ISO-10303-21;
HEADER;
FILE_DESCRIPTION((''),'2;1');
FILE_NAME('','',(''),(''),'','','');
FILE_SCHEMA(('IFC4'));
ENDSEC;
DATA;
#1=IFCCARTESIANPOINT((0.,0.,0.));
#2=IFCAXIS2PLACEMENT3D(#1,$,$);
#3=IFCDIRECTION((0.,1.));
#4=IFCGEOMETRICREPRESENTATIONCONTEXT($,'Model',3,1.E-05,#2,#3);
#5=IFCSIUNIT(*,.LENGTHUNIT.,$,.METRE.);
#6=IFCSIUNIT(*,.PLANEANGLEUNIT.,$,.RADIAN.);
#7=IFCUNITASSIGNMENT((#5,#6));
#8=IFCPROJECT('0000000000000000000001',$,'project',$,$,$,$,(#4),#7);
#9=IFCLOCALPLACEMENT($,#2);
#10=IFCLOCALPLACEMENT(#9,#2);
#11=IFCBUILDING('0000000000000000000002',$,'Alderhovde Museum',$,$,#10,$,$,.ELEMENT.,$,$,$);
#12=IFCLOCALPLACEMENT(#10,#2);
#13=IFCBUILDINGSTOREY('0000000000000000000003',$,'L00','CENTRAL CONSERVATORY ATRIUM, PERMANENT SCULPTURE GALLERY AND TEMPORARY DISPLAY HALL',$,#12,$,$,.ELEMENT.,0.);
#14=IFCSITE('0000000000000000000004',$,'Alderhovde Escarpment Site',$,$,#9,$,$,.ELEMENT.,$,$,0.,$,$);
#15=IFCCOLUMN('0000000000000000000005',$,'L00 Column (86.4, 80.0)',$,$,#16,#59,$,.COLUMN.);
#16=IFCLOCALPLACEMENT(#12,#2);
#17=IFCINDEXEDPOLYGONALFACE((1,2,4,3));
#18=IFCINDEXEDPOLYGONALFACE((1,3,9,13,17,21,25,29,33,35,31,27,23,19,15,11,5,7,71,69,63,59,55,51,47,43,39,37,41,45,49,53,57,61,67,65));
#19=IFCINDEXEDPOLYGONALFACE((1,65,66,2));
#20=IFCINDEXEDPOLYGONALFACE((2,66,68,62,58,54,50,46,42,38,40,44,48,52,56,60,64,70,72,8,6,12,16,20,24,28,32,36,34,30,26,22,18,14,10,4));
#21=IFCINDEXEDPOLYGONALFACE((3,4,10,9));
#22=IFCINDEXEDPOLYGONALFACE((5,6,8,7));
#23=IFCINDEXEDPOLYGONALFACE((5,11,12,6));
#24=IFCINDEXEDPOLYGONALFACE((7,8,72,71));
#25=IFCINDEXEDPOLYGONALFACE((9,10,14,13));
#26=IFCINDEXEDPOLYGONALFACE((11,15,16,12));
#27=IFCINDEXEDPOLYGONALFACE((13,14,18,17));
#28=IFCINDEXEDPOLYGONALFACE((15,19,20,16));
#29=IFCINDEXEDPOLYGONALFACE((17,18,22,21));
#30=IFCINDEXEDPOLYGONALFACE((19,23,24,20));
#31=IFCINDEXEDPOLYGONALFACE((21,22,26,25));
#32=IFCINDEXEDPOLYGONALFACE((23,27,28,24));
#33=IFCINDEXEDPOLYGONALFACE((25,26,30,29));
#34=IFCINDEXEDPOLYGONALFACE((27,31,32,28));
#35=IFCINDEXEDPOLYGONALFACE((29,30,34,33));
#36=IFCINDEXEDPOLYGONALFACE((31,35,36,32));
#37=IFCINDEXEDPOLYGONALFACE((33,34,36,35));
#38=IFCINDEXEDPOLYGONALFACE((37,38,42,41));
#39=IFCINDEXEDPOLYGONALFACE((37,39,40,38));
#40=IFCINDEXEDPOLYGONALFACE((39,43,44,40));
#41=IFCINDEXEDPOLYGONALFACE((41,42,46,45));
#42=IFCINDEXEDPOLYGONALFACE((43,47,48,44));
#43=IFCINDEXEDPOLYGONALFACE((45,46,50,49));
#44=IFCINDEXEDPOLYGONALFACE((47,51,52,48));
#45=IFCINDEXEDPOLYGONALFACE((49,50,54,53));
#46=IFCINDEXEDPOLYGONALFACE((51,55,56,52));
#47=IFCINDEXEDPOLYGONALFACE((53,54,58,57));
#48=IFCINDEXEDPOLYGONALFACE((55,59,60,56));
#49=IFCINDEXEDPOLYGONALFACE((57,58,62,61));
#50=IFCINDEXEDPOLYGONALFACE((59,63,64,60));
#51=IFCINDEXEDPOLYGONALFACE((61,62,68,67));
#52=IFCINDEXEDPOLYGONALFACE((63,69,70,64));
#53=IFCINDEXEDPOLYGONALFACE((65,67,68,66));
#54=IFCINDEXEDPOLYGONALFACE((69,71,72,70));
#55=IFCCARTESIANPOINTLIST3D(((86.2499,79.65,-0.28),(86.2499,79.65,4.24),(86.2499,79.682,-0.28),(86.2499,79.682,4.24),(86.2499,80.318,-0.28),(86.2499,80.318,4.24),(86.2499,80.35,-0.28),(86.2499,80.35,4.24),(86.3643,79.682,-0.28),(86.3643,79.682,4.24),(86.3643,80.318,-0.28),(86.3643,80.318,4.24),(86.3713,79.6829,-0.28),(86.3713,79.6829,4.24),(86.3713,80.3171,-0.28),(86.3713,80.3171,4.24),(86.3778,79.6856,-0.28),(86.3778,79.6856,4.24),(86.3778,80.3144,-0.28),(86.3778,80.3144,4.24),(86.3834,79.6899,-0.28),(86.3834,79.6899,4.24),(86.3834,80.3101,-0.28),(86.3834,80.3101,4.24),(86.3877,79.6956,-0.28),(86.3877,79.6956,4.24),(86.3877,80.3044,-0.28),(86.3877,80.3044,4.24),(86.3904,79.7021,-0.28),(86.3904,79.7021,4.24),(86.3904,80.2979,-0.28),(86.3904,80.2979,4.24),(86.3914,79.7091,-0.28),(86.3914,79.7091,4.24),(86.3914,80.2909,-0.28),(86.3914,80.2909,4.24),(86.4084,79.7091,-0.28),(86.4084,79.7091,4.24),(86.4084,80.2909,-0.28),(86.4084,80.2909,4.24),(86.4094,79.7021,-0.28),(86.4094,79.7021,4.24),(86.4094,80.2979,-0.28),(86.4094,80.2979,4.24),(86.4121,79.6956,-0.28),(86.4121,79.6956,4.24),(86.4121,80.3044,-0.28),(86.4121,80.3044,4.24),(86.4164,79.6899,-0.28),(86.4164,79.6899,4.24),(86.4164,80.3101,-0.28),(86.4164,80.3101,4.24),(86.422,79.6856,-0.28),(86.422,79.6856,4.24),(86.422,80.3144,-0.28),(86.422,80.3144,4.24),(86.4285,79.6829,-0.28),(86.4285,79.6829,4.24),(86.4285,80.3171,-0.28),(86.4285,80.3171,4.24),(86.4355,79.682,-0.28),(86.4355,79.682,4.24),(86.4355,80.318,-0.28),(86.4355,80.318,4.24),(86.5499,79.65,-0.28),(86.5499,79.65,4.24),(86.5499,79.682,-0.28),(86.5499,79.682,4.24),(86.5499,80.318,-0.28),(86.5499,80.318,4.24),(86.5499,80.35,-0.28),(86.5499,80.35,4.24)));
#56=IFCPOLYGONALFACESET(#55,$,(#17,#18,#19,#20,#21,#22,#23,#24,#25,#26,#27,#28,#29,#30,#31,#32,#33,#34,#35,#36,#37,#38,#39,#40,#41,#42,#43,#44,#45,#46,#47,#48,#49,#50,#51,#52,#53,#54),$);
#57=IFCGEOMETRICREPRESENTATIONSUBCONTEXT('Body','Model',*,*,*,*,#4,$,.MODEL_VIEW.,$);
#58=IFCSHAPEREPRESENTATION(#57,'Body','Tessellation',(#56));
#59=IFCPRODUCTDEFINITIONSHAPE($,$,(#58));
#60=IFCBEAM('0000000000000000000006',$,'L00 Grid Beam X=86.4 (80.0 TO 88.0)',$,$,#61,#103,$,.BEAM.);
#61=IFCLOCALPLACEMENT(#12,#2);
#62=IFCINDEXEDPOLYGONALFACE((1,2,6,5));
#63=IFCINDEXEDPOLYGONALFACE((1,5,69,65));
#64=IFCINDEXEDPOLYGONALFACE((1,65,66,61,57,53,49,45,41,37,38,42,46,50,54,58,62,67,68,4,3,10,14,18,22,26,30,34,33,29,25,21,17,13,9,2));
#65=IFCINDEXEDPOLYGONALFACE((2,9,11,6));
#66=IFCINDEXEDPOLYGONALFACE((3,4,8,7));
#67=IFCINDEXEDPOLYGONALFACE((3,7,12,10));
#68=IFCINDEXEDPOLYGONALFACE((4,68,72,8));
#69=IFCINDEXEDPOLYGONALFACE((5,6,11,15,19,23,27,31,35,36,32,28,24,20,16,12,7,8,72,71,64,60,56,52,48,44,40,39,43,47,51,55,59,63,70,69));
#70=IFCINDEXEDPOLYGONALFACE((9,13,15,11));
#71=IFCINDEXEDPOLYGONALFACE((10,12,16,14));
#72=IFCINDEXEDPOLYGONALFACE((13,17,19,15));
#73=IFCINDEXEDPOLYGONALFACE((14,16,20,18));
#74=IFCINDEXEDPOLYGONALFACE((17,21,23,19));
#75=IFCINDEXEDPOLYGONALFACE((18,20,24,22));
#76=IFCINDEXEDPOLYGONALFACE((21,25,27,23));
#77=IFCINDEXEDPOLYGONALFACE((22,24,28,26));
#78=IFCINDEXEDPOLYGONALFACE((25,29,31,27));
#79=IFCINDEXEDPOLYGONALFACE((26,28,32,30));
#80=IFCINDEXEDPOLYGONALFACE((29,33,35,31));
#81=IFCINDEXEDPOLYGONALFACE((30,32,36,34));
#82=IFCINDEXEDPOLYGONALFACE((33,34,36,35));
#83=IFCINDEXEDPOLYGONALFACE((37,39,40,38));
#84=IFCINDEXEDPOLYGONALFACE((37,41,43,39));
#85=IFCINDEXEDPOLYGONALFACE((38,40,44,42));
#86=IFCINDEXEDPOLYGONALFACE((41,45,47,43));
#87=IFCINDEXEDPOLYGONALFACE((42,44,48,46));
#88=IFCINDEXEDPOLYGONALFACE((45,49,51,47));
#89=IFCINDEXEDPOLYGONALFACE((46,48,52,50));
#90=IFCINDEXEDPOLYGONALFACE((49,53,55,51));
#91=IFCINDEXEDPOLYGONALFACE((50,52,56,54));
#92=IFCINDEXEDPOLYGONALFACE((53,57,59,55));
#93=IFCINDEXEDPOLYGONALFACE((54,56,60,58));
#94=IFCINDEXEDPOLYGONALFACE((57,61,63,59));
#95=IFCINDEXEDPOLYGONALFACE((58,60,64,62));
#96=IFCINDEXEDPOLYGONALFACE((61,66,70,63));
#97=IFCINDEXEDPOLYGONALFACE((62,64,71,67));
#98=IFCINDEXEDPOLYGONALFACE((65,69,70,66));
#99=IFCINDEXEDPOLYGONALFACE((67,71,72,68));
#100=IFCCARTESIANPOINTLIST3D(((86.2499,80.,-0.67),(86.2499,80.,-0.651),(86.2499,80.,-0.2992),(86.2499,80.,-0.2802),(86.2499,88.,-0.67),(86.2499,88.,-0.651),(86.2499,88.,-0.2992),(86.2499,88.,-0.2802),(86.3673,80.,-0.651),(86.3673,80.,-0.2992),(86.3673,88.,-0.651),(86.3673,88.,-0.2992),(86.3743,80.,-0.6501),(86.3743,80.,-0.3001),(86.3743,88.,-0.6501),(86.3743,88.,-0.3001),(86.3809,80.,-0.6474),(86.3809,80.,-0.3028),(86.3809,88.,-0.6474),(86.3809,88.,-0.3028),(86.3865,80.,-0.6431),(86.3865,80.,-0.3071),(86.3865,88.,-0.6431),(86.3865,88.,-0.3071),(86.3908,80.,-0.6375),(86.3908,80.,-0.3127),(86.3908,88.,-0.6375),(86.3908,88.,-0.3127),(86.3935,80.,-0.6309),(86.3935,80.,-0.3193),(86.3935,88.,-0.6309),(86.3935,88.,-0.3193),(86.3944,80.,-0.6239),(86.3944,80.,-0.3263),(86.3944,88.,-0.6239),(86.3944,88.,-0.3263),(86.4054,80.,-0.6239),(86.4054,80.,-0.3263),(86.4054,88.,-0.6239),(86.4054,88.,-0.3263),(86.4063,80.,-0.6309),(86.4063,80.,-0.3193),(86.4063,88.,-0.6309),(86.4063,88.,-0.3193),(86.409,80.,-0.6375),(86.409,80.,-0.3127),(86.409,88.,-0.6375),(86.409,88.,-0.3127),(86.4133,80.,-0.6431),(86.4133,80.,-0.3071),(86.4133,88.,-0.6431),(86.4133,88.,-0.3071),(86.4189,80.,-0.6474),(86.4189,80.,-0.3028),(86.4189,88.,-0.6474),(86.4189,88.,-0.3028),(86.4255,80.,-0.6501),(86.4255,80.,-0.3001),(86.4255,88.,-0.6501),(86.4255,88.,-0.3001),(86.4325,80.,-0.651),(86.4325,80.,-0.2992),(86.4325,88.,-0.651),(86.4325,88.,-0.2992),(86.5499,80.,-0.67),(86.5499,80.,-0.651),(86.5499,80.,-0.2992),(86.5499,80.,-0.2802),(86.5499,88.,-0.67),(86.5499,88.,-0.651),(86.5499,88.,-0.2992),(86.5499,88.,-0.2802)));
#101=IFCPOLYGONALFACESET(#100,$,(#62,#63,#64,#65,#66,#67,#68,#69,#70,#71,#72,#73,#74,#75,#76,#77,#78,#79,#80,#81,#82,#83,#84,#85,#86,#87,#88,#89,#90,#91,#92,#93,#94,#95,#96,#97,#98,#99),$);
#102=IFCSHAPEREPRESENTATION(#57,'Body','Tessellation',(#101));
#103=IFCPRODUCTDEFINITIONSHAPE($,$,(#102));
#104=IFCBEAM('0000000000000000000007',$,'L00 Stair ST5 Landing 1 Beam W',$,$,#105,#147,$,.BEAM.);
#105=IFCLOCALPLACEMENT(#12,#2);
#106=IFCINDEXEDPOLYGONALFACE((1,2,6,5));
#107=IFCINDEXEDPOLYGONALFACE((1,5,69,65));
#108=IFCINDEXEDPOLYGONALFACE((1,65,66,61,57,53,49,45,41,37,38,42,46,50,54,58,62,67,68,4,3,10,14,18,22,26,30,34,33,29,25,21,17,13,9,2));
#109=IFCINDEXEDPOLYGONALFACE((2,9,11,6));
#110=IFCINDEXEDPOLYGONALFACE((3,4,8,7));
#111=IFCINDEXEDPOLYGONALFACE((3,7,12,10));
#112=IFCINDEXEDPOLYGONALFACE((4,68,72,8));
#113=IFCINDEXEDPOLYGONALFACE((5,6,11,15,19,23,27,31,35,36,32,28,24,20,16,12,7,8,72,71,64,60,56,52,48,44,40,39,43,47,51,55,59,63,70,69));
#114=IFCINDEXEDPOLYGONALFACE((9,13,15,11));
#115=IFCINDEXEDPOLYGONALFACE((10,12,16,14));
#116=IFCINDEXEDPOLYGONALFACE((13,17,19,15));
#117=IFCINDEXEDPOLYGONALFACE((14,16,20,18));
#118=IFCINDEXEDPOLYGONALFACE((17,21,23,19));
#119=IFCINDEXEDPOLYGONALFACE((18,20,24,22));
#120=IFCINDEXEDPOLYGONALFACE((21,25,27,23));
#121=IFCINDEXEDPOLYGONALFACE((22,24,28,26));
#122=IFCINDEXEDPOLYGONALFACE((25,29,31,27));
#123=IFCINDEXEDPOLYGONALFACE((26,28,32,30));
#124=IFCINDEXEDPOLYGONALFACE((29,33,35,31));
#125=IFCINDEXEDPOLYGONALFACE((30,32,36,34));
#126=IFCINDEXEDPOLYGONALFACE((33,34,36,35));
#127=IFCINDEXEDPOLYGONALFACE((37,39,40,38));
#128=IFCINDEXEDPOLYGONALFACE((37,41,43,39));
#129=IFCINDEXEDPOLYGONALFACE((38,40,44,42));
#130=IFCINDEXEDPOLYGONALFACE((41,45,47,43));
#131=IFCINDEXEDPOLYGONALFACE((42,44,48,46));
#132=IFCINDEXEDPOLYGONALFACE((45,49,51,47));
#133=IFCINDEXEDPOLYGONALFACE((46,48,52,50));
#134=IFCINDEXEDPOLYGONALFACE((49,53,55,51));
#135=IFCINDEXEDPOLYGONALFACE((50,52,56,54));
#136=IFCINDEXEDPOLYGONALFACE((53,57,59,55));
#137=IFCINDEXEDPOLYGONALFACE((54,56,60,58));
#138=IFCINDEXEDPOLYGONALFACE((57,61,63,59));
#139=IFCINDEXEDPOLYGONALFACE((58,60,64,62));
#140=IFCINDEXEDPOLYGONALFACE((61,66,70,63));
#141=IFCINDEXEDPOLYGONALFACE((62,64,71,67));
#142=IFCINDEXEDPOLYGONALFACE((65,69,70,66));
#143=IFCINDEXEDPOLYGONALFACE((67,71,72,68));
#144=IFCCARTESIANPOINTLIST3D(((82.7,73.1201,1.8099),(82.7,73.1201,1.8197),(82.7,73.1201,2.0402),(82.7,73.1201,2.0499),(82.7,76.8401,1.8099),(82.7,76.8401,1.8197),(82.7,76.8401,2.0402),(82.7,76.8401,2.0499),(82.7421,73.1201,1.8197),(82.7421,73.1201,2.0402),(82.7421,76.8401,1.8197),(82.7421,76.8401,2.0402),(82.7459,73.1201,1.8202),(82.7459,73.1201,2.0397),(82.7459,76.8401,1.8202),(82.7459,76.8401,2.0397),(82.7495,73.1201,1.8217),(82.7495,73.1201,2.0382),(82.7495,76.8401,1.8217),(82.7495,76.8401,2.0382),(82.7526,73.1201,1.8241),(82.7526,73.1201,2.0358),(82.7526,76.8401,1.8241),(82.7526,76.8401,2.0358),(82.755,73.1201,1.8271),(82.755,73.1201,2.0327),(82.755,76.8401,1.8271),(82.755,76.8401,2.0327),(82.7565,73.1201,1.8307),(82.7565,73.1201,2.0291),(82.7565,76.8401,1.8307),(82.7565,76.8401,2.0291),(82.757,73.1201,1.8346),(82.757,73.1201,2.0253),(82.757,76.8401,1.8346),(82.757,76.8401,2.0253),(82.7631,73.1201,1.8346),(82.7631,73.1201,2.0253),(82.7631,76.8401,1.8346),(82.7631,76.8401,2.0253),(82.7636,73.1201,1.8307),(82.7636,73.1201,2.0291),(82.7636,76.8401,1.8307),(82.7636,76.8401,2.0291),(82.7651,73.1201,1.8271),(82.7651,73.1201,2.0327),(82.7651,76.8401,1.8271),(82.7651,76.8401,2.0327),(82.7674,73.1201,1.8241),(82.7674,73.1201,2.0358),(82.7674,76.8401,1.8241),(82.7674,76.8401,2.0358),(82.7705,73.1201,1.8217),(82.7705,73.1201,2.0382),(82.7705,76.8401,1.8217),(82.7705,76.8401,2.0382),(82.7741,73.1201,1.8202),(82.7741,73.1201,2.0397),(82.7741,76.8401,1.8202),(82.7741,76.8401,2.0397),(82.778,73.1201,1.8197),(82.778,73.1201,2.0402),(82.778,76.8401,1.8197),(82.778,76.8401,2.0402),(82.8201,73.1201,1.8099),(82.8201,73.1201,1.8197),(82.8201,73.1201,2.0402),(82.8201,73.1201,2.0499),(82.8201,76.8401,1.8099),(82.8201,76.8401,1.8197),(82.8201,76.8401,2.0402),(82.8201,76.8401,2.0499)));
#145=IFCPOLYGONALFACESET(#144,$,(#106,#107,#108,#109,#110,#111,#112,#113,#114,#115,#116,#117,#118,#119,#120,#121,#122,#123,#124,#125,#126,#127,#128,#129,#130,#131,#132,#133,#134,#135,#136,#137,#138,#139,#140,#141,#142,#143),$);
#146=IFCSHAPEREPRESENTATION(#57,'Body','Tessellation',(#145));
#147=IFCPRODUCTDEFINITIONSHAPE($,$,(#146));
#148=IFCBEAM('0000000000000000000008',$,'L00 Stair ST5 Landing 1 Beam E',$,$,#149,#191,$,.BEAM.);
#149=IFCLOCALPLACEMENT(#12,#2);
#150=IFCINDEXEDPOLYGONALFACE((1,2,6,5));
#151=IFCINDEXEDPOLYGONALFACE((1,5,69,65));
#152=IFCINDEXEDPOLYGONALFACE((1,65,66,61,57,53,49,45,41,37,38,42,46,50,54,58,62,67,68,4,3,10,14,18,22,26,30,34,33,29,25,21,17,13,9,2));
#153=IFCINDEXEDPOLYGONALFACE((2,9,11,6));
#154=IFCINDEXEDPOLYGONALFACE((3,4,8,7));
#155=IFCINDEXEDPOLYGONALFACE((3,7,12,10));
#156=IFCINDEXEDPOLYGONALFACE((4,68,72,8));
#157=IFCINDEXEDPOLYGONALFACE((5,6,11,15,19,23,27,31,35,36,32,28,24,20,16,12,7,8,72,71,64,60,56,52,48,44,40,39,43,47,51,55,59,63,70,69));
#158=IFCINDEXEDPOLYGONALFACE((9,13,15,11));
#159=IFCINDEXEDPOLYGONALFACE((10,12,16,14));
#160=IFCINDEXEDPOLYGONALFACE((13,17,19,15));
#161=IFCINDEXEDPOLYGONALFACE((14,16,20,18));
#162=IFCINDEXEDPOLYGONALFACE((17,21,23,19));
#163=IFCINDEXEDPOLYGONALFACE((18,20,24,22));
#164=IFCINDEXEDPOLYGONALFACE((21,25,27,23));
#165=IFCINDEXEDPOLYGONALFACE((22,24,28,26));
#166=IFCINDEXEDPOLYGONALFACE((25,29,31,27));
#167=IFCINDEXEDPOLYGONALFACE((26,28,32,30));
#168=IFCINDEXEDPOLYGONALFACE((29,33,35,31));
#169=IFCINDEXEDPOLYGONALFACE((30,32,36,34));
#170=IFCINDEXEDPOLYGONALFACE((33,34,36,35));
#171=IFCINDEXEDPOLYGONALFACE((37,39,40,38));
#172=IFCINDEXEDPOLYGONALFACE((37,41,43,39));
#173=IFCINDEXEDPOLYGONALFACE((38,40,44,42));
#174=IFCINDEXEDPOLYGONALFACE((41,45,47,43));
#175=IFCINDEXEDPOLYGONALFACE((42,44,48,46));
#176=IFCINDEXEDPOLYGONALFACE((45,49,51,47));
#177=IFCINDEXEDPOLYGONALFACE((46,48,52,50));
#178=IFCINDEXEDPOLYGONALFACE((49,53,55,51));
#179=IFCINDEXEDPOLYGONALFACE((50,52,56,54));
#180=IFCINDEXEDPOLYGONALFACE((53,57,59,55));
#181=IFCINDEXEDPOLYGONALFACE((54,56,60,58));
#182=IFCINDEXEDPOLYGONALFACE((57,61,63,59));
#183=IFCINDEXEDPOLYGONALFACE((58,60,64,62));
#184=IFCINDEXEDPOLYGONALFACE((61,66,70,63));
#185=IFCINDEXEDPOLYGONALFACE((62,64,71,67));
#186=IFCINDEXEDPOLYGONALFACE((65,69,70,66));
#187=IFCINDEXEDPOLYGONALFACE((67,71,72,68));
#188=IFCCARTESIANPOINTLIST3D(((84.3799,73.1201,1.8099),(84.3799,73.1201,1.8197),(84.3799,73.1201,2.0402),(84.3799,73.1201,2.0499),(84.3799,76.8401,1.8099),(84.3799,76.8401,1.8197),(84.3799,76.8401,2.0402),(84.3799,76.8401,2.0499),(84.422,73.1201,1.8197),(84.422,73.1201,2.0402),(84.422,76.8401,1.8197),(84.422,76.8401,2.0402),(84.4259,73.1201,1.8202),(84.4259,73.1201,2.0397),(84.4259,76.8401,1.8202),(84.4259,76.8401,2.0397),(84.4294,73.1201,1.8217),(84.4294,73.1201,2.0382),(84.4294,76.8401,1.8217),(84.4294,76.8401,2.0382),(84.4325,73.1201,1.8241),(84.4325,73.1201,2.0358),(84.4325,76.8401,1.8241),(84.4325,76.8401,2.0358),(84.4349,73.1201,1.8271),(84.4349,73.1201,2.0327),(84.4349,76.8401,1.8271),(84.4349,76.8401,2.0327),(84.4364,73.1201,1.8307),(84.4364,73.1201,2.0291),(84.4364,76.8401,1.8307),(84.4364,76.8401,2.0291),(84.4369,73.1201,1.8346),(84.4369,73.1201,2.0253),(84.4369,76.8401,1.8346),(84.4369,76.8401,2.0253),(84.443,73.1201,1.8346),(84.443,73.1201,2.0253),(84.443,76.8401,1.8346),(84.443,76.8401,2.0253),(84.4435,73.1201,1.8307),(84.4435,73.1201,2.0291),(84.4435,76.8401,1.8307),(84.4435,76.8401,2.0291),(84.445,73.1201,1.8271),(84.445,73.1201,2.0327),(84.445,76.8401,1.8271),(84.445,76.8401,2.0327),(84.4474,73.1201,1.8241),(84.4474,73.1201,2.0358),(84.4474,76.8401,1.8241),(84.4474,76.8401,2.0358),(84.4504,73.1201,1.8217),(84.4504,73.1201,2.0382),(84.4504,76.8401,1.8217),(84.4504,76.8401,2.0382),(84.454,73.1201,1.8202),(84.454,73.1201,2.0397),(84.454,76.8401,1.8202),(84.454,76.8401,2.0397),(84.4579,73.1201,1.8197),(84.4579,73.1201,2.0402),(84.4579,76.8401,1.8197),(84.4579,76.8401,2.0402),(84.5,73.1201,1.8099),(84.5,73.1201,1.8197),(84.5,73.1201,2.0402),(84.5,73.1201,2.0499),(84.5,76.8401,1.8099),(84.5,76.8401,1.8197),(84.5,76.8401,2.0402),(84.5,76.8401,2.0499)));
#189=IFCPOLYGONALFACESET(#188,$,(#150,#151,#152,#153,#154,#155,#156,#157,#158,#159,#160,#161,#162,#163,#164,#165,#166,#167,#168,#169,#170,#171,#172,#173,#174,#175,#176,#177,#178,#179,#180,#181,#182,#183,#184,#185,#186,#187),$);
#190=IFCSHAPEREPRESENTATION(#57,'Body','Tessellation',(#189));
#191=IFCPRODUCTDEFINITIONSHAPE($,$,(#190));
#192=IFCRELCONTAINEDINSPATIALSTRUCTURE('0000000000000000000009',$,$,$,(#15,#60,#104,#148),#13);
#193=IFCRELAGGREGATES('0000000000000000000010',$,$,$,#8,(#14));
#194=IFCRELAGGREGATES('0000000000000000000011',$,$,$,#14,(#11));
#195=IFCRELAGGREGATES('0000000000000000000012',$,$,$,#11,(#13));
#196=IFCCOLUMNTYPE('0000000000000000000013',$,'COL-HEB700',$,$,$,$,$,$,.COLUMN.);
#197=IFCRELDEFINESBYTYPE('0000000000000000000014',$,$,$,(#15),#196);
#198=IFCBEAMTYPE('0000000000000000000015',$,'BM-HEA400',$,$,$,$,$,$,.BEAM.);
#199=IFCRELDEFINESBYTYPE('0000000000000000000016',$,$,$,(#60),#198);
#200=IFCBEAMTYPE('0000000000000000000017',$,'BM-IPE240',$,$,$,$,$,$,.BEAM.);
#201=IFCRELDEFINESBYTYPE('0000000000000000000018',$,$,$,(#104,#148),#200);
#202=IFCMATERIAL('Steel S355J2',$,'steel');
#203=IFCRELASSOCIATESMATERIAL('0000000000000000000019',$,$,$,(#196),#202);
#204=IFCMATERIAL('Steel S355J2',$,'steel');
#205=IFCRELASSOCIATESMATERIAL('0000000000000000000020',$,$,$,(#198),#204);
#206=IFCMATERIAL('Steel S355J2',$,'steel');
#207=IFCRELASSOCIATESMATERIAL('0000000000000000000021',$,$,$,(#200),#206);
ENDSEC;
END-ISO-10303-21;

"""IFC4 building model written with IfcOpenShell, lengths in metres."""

from ifc_helpers import new_model, si_unit, direction, frame, origin, origin_2d, place, context, subcontext, project, spatial, i_section, extrude, material, material_profile, profile_set, type_object, element, save


model = new_model("IFC4")

# Units and contexts
model_context = context("Model", 3, precision=1e-05, world=origin(), true_north=direction((0.0, 1.0)))
body_context = subcontext(model_context, "Body", "Model", "MODEL_VIEW")
ifc_project = project(units=[si_unit("LENGTHUNIT", "METRE"), si_unit("PLANEANGLEUNIT", "RADIAN")], contexts=[model_context])

# Site, building, storey
site_placement = place(None, origin())
site = spatial("IfcSite", under=ifc_project, at=site_placement, Name="Alderhovde Escarpment Site", CompositionType="ELEMENT", RefElevation=0.0)
building_placement = place(site_placement, origin())
building = spatial("IfcBuilding", under=site, at=building_placement, Name="Alderhovde Museum", CompositionType="ELEMENT")
storey_placement = place(building_placement, origin())
storey = spatial("IfcBuildingStorey", under=building, at=storey_placement, Name="L00", Description="CENTRAL CONSERVATORY ATRIUM, PERMANENT SCULPTURE GALLERY AND TEMPORARY DISPLAY HALL", CompositionType="ELEMENT", Elevation=0.0)

# Column
ifc_material_1 = material(Name="Steel S355J2", Category="steel")
ifc_material_profile_1 = material_profile(ifc_material_1, i_section(OverallWidth=0.3, OverallDepth=0.7, WebThickness=0.0171, FlangeThickness=0.032, FilletRadius=0.0271, at=origin_2d()), Name="HEB 700")
ifc_profile_set_1 = profile_set([ifc_material_profile_1], Name="Steel S355J2")
column_type_1 = type_object("IfcColumnType", Name="COL-HEB700", PredefinedType="COLUMN", material=ifc_profile_set_1)
column_placement = place(storey_placement, frame((86.3999, 80.0, -0.28), z_axis=(0.0, 0.0, 1.0), x_axis=(1.0, 0.0, 0.0)))
element("IfcColumn", 1, at=column_placement, inside=storey, type_object=column_type_1, Name="L00 Column (86.4, 80.0)", PredefinedType="COLUMN", context=body_context, shape_type="SweptSolid", body=[
    extrude(i_section(OverallWidth=0.3, OverallDepth=0.7, WebThickness=0.0171, FlangeThickness=0.032, FilletRadius=0.0271, at=origin_2d()), origin(), (0.0, 0.0, 1.0), 4.52),
])

# Beams
ifc_material_2 = material(Name="Steel S355J2", Category="steel")
ifc_material_profile_2 = material_profile(ifc_material_2, i_section(OverallWidth=0.3, OverallDepth=0.3899, WebThickness=0.011, FlangeThickness=0.019, FilletRadius=0.0271, at=origin_2d()), Name="HEA 400")
ifc_profile_set_2 = profile_set([ifc_material_profile_2], Name="Steel S355J2")
beam_type_1 = type_object("IfcBeamType", Name="BM-HEA400", PredefinedType="BEAM", material=ifc_profile_set_2)
beam_1_placement = place(storey_placement, frame((86.3999, 80.0, -0.4751), z_axis=(0.0, 1.0, 0.0), x_axis=(-1.0, 0.0, 0.0)))
element("IfcBeam", 2, at=beam_1_placement, inside=storey, type_object=beam_type_1, Name="L00 Grid Beam X=86.4 (80.0 TO 88.0)", PredefinedType="BEAM", context=body_context, shape_type="SweptSolid", body=[
    extrude(i_section(OverallWidth=0.3, OverallDepth=0.3899, WebThickness=0.011, FlangeThickness=0.019, FilletRadius=0.0271, at=origin_2d()), origin(), (0.0, 0.0, 1.0), 8.0),
])
ifc_material_3 = material(Name="Steel S355J2", Category="steel")
ifc_material_profile_3 = material_profile(ifc_material_3, i_section(OverallWidth=0.1201, OverallDepth=0.24, WebThickness=0.0061, FlangeThickness=0.0098, FilletRadius=0.0149, at=origin_2d()), Name="IPE 240")
ifc_profile_set_3 = profile_set([ifc_material_profile_3], Name="Steel S355J2")
beam_type_2 = type_object("IfcBeamType", Name="BM-IPE240", PredefinedType="BEAM", material=ifc_profile_set_3)
for number, where, z_axis, x_axis, name in (
    (3, (82.76, 73.1201, 1.9299), (0.0, 1.0, 0.0), (-1.0, 0.0, 0.0), "L00 Stair ST5 Landing 1 Beam W"),
    (4, (84.4399, 73.1201, 1.9299), (0.0, 1.0, 0.0), (-1.0, 0.0, 0.0), "L00 Stair ST5 Landing 1 Beam E"),
):
    element("IfcBeam", number, at=place(storey_placement, frame(where, z_axis=z_axis, x_axis=x_axis)), inside=storey, type_object=beam_type_2, Name=name, PredefinedType="BEAM", context=body_context, shape_type="SweptSolid", body=[
        extrude(i_section(OverallWidth=0.1201, OverallDepth=0.24, WebThickness=0.0061, FlangeThickness=0.0098, FilletRadius=0.0149, at=origin_2d()), origin(), (0.0, 0.0, 1.0), 3.72),
    ])

save(model, "model.ifc")
